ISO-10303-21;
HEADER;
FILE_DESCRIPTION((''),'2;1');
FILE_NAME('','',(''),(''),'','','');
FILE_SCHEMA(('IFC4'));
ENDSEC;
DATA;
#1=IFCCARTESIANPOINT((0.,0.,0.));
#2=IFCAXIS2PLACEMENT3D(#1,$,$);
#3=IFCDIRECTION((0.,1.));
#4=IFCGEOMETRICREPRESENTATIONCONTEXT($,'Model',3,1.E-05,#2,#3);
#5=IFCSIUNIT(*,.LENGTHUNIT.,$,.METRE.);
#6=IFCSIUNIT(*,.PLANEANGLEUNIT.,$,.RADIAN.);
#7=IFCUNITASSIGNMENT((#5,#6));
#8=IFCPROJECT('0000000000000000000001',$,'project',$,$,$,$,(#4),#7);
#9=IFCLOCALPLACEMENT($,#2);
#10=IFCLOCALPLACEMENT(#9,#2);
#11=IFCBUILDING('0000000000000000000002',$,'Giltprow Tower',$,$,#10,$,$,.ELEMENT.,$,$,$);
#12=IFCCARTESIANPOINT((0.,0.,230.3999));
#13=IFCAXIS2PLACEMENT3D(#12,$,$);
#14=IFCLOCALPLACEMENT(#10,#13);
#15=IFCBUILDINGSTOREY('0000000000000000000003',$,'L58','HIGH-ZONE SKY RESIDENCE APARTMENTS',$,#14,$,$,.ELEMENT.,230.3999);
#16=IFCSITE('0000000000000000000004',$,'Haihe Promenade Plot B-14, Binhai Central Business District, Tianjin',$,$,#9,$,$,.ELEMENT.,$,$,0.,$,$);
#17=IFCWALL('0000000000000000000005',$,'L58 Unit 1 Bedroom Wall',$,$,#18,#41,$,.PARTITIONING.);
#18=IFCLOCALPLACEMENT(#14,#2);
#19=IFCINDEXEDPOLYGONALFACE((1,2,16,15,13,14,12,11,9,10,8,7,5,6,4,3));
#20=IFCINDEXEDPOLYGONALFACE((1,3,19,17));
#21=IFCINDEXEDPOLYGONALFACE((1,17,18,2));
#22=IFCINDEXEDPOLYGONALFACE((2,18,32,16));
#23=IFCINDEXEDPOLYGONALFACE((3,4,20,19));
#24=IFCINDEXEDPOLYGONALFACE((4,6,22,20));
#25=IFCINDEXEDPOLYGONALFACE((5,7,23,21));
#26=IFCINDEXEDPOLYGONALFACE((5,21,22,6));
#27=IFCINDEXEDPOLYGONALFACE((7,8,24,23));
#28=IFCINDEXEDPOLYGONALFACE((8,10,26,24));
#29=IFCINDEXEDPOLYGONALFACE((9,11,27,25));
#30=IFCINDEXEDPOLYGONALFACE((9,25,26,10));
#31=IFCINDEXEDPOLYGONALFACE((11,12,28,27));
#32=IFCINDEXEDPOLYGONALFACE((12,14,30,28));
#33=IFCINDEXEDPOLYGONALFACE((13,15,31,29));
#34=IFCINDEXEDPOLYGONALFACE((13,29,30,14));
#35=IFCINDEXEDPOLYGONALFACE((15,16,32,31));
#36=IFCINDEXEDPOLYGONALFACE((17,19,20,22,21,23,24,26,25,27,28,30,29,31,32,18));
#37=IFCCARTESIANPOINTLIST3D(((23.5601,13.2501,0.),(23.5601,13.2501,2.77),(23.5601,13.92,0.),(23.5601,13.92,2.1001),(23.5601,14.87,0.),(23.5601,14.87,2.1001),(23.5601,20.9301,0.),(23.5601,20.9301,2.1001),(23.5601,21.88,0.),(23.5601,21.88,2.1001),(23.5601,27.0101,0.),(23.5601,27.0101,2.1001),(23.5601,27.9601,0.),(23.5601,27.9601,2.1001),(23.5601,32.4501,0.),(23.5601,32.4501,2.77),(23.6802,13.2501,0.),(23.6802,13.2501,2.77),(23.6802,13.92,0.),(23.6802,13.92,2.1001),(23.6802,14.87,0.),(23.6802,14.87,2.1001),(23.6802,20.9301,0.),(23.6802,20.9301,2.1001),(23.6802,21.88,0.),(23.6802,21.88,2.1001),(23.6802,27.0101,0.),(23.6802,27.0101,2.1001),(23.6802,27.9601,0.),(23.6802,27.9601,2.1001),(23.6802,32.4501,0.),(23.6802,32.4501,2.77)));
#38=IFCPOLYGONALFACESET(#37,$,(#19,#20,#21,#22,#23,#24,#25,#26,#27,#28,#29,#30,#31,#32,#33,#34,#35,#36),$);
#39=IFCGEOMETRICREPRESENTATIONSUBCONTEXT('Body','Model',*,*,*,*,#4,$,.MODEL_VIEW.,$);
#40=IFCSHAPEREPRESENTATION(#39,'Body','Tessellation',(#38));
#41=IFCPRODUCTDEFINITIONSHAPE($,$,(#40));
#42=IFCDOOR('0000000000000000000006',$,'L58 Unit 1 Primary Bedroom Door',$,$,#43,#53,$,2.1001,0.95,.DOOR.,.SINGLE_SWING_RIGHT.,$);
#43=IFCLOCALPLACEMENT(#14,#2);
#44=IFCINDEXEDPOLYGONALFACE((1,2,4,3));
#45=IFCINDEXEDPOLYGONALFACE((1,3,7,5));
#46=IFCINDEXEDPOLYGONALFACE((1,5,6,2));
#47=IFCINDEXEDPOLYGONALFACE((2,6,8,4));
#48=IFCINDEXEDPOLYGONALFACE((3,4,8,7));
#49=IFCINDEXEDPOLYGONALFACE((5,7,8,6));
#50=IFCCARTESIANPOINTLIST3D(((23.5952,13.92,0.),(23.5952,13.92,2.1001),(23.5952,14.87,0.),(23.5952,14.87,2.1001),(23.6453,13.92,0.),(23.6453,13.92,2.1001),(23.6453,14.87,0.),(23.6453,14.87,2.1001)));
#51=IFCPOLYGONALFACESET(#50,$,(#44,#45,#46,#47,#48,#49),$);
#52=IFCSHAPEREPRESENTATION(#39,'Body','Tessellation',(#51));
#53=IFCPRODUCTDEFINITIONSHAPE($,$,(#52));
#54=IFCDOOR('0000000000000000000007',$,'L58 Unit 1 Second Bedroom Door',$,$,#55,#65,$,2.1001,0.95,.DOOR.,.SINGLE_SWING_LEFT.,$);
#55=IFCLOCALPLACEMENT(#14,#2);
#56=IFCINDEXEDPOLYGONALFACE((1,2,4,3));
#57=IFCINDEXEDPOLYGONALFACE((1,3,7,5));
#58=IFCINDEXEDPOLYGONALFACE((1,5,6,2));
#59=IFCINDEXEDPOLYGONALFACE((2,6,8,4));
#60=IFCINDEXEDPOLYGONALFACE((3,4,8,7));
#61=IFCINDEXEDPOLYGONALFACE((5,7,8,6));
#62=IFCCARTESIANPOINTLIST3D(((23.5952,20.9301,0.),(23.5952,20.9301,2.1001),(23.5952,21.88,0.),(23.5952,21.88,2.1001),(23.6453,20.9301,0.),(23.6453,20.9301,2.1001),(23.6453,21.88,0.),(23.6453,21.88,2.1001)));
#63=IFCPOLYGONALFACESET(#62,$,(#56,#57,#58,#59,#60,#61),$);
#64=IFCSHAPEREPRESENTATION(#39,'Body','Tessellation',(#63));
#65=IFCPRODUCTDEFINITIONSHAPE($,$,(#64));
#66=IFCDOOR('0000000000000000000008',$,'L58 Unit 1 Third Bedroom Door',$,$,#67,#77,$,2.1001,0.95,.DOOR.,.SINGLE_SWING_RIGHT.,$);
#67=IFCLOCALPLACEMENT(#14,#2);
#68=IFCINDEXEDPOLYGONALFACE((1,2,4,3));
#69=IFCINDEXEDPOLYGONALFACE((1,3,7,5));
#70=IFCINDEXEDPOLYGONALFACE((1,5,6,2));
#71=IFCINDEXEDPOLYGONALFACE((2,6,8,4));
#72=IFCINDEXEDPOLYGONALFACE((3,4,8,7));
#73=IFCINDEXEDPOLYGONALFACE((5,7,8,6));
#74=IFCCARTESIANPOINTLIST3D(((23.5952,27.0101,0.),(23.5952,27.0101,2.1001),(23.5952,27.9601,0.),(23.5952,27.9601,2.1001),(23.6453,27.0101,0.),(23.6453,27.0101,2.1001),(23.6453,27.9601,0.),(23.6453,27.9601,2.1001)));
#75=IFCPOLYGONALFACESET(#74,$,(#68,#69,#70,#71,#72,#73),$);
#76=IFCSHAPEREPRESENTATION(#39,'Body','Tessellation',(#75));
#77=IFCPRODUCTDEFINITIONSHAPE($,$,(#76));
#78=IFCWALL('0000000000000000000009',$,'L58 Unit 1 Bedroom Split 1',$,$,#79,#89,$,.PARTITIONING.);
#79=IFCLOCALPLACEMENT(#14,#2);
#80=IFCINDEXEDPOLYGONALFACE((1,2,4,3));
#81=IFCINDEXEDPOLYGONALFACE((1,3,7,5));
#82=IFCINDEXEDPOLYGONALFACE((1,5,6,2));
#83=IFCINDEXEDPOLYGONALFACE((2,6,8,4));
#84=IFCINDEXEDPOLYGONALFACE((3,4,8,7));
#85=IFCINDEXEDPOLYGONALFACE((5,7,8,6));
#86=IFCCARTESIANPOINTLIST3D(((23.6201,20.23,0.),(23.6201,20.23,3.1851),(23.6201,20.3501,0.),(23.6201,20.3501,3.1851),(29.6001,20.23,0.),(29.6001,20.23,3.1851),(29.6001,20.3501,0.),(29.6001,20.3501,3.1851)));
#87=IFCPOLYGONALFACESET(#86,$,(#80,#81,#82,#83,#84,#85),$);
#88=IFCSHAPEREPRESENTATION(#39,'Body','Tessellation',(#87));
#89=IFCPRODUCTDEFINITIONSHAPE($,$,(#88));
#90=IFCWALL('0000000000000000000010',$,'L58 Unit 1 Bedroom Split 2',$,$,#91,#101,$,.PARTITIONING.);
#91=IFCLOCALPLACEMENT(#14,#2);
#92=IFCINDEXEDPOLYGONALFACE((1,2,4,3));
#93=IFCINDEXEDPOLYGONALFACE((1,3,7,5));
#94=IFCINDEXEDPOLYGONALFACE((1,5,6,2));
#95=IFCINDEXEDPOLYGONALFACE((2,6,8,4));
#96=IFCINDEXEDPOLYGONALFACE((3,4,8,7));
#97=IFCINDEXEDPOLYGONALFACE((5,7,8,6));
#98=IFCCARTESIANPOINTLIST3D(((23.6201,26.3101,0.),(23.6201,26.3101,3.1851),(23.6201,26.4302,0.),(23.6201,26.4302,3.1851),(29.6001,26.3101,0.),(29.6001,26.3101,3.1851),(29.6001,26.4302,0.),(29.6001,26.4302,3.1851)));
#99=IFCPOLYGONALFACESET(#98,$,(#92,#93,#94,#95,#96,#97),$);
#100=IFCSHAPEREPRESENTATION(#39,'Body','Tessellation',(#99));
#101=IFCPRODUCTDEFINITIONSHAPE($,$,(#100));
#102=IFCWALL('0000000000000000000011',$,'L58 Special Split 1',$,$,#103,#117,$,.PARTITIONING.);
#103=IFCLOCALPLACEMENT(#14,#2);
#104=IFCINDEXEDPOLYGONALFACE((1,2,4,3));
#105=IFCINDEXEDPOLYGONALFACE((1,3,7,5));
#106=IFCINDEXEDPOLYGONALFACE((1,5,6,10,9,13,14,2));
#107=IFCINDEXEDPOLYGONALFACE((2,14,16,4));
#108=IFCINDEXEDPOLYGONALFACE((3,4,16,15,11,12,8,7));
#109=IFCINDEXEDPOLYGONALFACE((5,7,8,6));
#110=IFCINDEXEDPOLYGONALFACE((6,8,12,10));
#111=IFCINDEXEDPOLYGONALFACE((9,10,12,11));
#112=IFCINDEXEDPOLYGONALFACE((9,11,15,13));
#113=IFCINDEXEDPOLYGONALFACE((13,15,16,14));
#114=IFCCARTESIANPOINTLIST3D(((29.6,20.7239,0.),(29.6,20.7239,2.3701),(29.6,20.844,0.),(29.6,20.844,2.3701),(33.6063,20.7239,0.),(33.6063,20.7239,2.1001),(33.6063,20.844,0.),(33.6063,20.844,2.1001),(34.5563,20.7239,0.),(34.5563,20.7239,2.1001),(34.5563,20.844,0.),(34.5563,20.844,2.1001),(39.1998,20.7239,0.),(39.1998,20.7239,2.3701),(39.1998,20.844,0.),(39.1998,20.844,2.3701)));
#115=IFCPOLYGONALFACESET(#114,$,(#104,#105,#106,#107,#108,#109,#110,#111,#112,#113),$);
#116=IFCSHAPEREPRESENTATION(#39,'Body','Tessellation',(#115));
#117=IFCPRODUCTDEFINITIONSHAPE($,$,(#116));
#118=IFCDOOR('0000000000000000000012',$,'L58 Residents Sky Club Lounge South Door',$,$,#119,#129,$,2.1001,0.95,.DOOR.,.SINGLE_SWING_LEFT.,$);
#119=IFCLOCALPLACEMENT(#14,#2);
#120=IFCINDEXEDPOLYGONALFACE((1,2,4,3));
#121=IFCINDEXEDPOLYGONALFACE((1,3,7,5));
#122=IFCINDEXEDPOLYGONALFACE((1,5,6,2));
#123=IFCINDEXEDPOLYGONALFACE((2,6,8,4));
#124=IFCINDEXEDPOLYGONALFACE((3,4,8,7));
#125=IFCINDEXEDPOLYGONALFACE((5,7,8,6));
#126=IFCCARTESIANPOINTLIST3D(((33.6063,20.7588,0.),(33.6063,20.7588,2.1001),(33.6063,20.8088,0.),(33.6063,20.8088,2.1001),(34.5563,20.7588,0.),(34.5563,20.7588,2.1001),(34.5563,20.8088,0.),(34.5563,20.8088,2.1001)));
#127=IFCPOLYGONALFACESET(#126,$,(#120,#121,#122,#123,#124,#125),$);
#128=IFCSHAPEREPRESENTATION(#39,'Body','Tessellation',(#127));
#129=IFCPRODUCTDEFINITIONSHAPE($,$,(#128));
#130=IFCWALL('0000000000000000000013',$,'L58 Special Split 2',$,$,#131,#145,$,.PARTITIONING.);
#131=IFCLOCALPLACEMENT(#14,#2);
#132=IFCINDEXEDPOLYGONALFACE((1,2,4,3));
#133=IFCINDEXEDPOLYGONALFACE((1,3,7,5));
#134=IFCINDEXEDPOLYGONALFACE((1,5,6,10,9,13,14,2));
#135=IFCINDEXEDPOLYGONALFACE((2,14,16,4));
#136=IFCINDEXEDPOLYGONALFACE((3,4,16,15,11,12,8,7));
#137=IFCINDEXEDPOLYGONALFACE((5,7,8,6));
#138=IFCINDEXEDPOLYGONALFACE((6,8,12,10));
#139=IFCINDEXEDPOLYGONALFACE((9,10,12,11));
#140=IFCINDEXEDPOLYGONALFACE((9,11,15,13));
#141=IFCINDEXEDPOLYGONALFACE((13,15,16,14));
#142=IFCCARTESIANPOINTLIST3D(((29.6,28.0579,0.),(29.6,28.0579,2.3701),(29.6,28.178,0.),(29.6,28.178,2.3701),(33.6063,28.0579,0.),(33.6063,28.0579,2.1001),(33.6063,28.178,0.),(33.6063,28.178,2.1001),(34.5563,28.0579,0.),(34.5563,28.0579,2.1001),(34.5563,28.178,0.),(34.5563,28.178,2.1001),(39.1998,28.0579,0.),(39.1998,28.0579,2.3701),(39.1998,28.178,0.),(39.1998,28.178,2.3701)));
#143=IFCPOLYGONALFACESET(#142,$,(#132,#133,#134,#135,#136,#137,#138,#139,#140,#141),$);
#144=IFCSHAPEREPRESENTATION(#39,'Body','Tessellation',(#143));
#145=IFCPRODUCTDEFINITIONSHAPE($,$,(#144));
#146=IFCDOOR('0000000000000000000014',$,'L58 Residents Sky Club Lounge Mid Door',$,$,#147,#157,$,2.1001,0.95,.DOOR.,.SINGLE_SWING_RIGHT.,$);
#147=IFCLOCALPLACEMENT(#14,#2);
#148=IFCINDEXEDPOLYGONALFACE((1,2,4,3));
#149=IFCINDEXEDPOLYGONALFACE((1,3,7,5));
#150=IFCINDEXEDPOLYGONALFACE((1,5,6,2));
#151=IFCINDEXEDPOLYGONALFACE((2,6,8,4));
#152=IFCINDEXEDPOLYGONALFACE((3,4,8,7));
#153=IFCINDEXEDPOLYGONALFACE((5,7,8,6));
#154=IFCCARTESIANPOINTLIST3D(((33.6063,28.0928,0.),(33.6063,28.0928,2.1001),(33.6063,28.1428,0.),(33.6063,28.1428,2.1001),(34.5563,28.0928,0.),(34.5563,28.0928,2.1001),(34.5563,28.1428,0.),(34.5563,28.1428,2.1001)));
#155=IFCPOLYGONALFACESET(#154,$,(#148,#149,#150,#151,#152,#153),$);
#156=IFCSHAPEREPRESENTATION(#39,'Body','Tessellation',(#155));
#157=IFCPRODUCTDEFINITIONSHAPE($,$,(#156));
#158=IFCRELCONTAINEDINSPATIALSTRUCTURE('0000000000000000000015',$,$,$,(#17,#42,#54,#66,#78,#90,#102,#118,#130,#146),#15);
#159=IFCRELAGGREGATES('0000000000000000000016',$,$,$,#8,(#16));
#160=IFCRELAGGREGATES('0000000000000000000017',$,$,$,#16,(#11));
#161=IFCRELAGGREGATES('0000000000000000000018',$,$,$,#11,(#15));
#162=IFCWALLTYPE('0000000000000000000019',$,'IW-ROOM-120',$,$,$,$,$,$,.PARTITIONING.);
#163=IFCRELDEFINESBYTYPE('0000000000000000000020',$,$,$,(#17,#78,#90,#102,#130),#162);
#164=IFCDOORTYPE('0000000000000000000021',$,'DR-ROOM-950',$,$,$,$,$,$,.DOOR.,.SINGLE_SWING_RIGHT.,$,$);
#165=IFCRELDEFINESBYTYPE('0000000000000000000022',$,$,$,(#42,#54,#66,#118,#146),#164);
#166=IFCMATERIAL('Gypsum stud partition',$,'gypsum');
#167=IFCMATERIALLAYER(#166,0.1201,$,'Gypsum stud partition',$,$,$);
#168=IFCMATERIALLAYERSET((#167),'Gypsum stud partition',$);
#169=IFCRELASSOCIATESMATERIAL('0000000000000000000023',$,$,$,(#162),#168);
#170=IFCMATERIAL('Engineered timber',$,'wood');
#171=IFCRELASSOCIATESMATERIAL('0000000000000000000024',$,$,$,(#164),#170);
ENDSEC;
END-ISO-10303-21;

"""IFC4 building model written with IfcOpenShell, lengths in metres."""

from ifc_helpers import new_model, si_unit, direction, frame, frame_2d, origin, place, context, subcontext, project, spatial, rectangle, extrude, source, transform, mapped, material, layer, layer_set, type_object, element, fill, save


model = new_model("IFC4")

# Units and contexts
model_context = context("Model", 3, precision=1e-05, world=origin(), true_north=direction((0.0, 1.0)))
body_context = subcontext(model_context, "Body", "Model", "MODEL_VIEW")
ifc_project = project(units=[si_unit("LENGTHUNIT", "METRE"), si_unit("PLANEANGLEUNIT", "RADIAN")], contexts=[model_context])

# Site, building, storey
site_placement = place(None, origin())
site = spatial("IfcSite", under=ifc_project, at=site_placement, Name="Haihe Promenade Plot B-14, Binhai Central Business District, Tianjin", CompositionType="ELEMENT", RefElevation=0.0)
building_placement = place(site_placement, origin())
building = spatial("IfcBuilding", under=site, at=building_placement, Name="Giltprow Tower", CompositionType="ELEMENT")
storey_placement = place(building_placement, frame((0.0, 0.0, 230.3999)))
storey = spatial("IfcBuildingStorey", under=building, at=storey_placement, Name="L58", Description="HIGH-ZONE SKY RESIDENCE APARTMENTS", CompositionType="ELEMENT", Elevation=230.3999)

# Shared definitions
ifc_material_1 = material(Name="Gypsum stud partition", Category="gypsum")

# Wall, openings, doors
ifc_layer_1 = layer(ifc_material_1, 0.1201, Name="Gypsum stud partition")
ifc_layer_set_1 = layer_set([ifc_layer_1], Name="Gypsum stud partition")
wall_type_1 = type_object("IfcWallType", Name="IW-ROOM-120", PredefinedType="PARTITIONING", material=ifc_layer_set_1)
wall_1_placement = place(storey_placement, frame((23.6201, 13.25, 0.0), z_axis=(0.0, 0.0, 1.0), x_axis=(0.0, 1.0, 0.0)))
wall_1 = element("IfcWall", 1, at=wall_1_placement, inside=storey, type_object=wall_type_1, Name="L58 Unit 1 Bedroom Wall", PredefinedType="PARTITIONING", context=body_context, shape_type="SweptSolid", body=[
    extrude(rectangle(XDim=19.2, YDim=0.1201, at=frame_2d((9.6001, 0.0))), origin(), (0.0, 0.0, 1.0), 2.77),
])
opening_1_placement = place(wall_1_placement, frame((0.6699, 0.0, 0.0)))
opening_1 = element("IfcOpeningElement", 2, at=opening_1_placement, cuts=wall_1, PredefinedType="OPENING", context=body_context, shape_type="SweptSolid", body=[
    extrude(rectangle(XDim=0.95, YDim=2.1001, at=frame_2d((0.4751, 1.05))), frame((0.0, 0.0701, 0.0), z_axis=(0.0, -1.0, 0.0), x_axis=(1.0, 0.0, 0.0)), (0.0, 0.0, 1.0), 0.1401),
])
opening_2_placement = place(wall_1_placement, frame((7.6799, 0.0, 0.0)))
opening_2 = element("IfcOpeningElement", 3, at=opening_2_placement, cuts=wall_1, PredefinedType="OPENING", context=body_context, shape_type="SweptSolid", body=[
    extrude(rectangle(XDim=0.95, YDim=2.1001, at=frame_2d((0.4751, 1.05))), frame((0.0, 0.0701, 0.0), z_axis=(0.0, -1.0, 0.0), x_axis=(1.0, 0.0, 0.0)), (0.0, 0.0, 1.0), 0.1401),
])
opening_3_placement = place(wall_1_placement, frame((13.76, 0.0, 0.0)))
opening_3 = element("IfcOpeningElement", 4, at=opening_3_placement, cuts=wall_1, PredefinedType="OPENING", context=body_context, shape_type="SweptSolid", body=[
    extrude(rectangle(XDim=0.95, YDim=2.1001, at=frame_2d((0.4751, 1.05))), frame((0.0, 0.0701, 0.0), z_axis=(0.0, -1.0, 0.0), x_axis=(1.0, 0.0, 0.0)), (0.0, 0.0, 1.0), 0.1401),
])
ifc_material_2 = material(Name="Engineered timber", Category="wood")
door_type_1 = type_object("IfcDoorType", Name="DR-ROOM-950", OperationType="SINGLE_SWING_RIGHT", PredefinedType="DOOR", material=ifc_material_2)
shared_shape_1 = source(origin(), body_context, "Body", "SweptSolid", [
    extrude(rectangle(XDim=0.95, YDim=2.1001, at=frame_2d((0.4751, 1.05))), frame((0.0, 0.0249, 0.0), z_axis=(0.0, -1.0, 0.0), x_axis=(1.0, 0.0, 0.0)), (0.0, 0.0, 1.0), 0.05),
])
door_1_placement = place(opening_1_placement, origin())
door_1 = element("IfcDoor", 5, at=door_1_placement, inside=storey, type_object=door_type_1, Name="L58 Unit 1 Primary Bedroom Door", OperationType="SINGLE_SWING_RIGHT", OverallHeight=2.1001, OverallWidth=0.95, PredefinedType="DOOR", context=body_context, shape_type="MappedRepresentation", body=[
    mapped(shared_shape_1, transform((0.0, 0.0, 0.0), x_axis=(1.0, 0.0, 0.0), y_axis=(0.0, 1.0, 0.0), z_axis=(0.0, 0.0, 1.0), scale=1.0)),
])
fill(opening_1, door_1)
door_2_placement = place(opening_2_placement, origin())
door_2 = element("IfcDoor", 6, at=door_2_placement, inside=storey, type_object=door_type_1, Name="L58 Unit 1 Second Bedroom Door", OperationType="SINGLE_SWING_LEFT", OverallHeight=2.1001, OverallWidth=0.95, PredefinedType="DOOR", context=body_context, shape_type="MappedRepresentation", body=[
    mapped(shared_shape_1, transform((0.0, 0.0, 0.0), x_axis=(1.0, 0.0, 0.0), y_axis=(0.0, 1.0, 0.0), z_axis=(0.0, 0.0, 1.0), scale=1.0)),
])
fill(opening_2, door_2)
door_3_placement = place(opening_3_placement, origin())
door_3 = element("IfcDoor", 7, at=door_3_placement, inside=storey, type_object=door_type_1, Name="L58 Unit 1 Third Bedroom Door", OperationType="SINGLE_SWING_RIGHT", OverallHeight=2.1001, OverallWidth=0.95, PredefinedType="DOOR", context=body_context, shape_type="MappedRepresentation", body=[
    mapped(shared_shape_1, transform((0.0, 0.0, 0.0), x_axis=(1.0, 0.0, 0.0), y_axis=(0.0, 1.0, 0.0), z_axis=(0.0, 0.0, 1.0), scale=1.0)),
])
fill(opening_3, door_3)

# Walls
for number, where, z_axis, x_axis, name in (
    (8, (23.6201, 20.29, 0.0), (0.0, 0.0, 1.0), (1.0, 0.0, 0.0), "L58 Unit 1 Bedroom Split 1"),
    (9, (23.6201, 26.3701, 0.0), (0.0, 0.0, 1.0), (1.0, 0.0, 0.0), "L58 Unit 1 Bedroom Split 2"),
):
    element("IfcWall", number, at=place(storey_placement, frame(where, z_axis=z_axis, x_axis=x_axis)), inside=storey, type_object=wall_type_1, Name=name, PredefinedType="PARTITIONING", context=body_context, shape_type="SweptSolid", body=[
        extrude(rectangle(XDim=5.98, YDim=0.1201, at=frame_2d((2.99, 0.0))), origin(), (0.0, 0.0, 1.0), 3.1851),
    ])

# Walls, openings, doors
wall_2_placement = place(storey_placement, frame((29.6001, 20.7839, 0.0), z_axis=(0.0, 0.0, 1.0), x_axis=(1.0, 0.0, 0.0)))
wall_2 = element("IfcWall", 10, at=wall_2_placement, inside=storey, type_object=wall_type_1, Name="L58 Special Split 1", PredefinedType="PARTITIONING", context=body_context, shape_type="SweptSolid", body=[
    extrude(rectangle(XDim=9.5999, YDim=0.1201, at=frame_2d((4.7998, 0.0))), origin(), (0.0, 0.0, 1.0), 2.3701),
])
opening_4_placement = place(wall_2_placement, frame((4.0061, 0.0, 0.0)))
opening_4 = element("IfcOpeningElement", 11, at=opening_4_placement, cuts=wall_2, PredefinedType="OPENING", context=body_context, shape_type="SweptSolid", body=[
    extrude(rectangle(XDim=0.95, YDim=2.1001, at=frame_2d((0.4751, 1.05))), frame((0.0, 0.0701, 0.0), z_axis=(0.0, -1.0, 0.0), x_axis=(1.0, 0.0, 0.0)), (0.0, 0.0, 1.0), 0.1401),
])
door_4_placement = place(opening_4_placement, origin())
door_4 = element("IfcDoor", 12, at=door_4_placement, inside=storey, type_object=door_type_1, Name="L58 Residents Sky Club Lounge South Door", OperationType="SINGLE_SWING_LEFT", OverallHeight=2.1001, OverallWidth=0.95, PredefinedType="DOOR", context=body_context, shape_type="MappedRepresentation", body=[
    mapped(shared_shape_1, transform((0.0, 0.0, 0.0), x_axis=(1.0, 0.0, 0.0), y_axis=(0.0, 1.0, 0.0), z_axis=(0.0, 0.0, 1.0), scale=1.0)),
])
fill(opening_4, door_4)
wall_3_placement = place(storey_placement, frame((29.6001, 28.1179, 0.0), z_axis=(0.0, 0.0, 1.0), x_axis=(1.0, 0.0, 0.0)))
wall_3 = element("IfcWall", 13, at=wall_3_placement, inside=storey, type_object=wall_type_1, Name="L58 Special Split 2", PredefinedType="PARTITIONING", context=body_context, shape_type="SweptSolid", body=[
    extrude(rectangle(XDim=9.5999, YDim=0.1201, at=frame_2d((4.7998, 0.0))), origin(), (0.0, 0.0, 1.0), 2.3701),
])
opening_5_placement = place(wall_3_placement, frame((4.0061, 0.0, 0.0)))
opening_5 = element("IfcOpeningElement", 14, at=opening_5_placement, cuts=wall_3, PredefinedType="OPENING", context=body_context, shape_type="SweptSolid", body=[
    extrude(rectangle(XDim=0.95, YDim=2.1001, at=frame_2d((0.4751, 1.05))), frame((0.0, 0.0701, 0.0), z_axis=(0.0, -1.0, 0.0), x_axis=(1.0, 0.0, 0.0)), (0.0, 0.0, 1.0), 0.1401),
])
door_5_placement = place(opening_5_placement, origin())
door_5 = element("IfcDoor", 15, at=door_5_placement, inside=storey, type_object=door_type_1, Name="L58 Residents Sky Club Lounge Mid Door", OperationType="SINGLE_SWING_RIGHT", OverallHeight=2.1001, OverallWidth=0.95, PredefinedType="DOOR", context=body_context, shape_type="MappedRepresentation", body=[
    mapped(shared_shape_1, transform((0.0, 0.0, 0.0), x_axis=(1.0, 0.0, 0.0), y_axis=(0.0, 1.0, 0.0), z_axis=(0.0, 0.0, 1.0), scale=1.0)),
])
fill(opening_5, door_5)

save(model, "model.ifc")
